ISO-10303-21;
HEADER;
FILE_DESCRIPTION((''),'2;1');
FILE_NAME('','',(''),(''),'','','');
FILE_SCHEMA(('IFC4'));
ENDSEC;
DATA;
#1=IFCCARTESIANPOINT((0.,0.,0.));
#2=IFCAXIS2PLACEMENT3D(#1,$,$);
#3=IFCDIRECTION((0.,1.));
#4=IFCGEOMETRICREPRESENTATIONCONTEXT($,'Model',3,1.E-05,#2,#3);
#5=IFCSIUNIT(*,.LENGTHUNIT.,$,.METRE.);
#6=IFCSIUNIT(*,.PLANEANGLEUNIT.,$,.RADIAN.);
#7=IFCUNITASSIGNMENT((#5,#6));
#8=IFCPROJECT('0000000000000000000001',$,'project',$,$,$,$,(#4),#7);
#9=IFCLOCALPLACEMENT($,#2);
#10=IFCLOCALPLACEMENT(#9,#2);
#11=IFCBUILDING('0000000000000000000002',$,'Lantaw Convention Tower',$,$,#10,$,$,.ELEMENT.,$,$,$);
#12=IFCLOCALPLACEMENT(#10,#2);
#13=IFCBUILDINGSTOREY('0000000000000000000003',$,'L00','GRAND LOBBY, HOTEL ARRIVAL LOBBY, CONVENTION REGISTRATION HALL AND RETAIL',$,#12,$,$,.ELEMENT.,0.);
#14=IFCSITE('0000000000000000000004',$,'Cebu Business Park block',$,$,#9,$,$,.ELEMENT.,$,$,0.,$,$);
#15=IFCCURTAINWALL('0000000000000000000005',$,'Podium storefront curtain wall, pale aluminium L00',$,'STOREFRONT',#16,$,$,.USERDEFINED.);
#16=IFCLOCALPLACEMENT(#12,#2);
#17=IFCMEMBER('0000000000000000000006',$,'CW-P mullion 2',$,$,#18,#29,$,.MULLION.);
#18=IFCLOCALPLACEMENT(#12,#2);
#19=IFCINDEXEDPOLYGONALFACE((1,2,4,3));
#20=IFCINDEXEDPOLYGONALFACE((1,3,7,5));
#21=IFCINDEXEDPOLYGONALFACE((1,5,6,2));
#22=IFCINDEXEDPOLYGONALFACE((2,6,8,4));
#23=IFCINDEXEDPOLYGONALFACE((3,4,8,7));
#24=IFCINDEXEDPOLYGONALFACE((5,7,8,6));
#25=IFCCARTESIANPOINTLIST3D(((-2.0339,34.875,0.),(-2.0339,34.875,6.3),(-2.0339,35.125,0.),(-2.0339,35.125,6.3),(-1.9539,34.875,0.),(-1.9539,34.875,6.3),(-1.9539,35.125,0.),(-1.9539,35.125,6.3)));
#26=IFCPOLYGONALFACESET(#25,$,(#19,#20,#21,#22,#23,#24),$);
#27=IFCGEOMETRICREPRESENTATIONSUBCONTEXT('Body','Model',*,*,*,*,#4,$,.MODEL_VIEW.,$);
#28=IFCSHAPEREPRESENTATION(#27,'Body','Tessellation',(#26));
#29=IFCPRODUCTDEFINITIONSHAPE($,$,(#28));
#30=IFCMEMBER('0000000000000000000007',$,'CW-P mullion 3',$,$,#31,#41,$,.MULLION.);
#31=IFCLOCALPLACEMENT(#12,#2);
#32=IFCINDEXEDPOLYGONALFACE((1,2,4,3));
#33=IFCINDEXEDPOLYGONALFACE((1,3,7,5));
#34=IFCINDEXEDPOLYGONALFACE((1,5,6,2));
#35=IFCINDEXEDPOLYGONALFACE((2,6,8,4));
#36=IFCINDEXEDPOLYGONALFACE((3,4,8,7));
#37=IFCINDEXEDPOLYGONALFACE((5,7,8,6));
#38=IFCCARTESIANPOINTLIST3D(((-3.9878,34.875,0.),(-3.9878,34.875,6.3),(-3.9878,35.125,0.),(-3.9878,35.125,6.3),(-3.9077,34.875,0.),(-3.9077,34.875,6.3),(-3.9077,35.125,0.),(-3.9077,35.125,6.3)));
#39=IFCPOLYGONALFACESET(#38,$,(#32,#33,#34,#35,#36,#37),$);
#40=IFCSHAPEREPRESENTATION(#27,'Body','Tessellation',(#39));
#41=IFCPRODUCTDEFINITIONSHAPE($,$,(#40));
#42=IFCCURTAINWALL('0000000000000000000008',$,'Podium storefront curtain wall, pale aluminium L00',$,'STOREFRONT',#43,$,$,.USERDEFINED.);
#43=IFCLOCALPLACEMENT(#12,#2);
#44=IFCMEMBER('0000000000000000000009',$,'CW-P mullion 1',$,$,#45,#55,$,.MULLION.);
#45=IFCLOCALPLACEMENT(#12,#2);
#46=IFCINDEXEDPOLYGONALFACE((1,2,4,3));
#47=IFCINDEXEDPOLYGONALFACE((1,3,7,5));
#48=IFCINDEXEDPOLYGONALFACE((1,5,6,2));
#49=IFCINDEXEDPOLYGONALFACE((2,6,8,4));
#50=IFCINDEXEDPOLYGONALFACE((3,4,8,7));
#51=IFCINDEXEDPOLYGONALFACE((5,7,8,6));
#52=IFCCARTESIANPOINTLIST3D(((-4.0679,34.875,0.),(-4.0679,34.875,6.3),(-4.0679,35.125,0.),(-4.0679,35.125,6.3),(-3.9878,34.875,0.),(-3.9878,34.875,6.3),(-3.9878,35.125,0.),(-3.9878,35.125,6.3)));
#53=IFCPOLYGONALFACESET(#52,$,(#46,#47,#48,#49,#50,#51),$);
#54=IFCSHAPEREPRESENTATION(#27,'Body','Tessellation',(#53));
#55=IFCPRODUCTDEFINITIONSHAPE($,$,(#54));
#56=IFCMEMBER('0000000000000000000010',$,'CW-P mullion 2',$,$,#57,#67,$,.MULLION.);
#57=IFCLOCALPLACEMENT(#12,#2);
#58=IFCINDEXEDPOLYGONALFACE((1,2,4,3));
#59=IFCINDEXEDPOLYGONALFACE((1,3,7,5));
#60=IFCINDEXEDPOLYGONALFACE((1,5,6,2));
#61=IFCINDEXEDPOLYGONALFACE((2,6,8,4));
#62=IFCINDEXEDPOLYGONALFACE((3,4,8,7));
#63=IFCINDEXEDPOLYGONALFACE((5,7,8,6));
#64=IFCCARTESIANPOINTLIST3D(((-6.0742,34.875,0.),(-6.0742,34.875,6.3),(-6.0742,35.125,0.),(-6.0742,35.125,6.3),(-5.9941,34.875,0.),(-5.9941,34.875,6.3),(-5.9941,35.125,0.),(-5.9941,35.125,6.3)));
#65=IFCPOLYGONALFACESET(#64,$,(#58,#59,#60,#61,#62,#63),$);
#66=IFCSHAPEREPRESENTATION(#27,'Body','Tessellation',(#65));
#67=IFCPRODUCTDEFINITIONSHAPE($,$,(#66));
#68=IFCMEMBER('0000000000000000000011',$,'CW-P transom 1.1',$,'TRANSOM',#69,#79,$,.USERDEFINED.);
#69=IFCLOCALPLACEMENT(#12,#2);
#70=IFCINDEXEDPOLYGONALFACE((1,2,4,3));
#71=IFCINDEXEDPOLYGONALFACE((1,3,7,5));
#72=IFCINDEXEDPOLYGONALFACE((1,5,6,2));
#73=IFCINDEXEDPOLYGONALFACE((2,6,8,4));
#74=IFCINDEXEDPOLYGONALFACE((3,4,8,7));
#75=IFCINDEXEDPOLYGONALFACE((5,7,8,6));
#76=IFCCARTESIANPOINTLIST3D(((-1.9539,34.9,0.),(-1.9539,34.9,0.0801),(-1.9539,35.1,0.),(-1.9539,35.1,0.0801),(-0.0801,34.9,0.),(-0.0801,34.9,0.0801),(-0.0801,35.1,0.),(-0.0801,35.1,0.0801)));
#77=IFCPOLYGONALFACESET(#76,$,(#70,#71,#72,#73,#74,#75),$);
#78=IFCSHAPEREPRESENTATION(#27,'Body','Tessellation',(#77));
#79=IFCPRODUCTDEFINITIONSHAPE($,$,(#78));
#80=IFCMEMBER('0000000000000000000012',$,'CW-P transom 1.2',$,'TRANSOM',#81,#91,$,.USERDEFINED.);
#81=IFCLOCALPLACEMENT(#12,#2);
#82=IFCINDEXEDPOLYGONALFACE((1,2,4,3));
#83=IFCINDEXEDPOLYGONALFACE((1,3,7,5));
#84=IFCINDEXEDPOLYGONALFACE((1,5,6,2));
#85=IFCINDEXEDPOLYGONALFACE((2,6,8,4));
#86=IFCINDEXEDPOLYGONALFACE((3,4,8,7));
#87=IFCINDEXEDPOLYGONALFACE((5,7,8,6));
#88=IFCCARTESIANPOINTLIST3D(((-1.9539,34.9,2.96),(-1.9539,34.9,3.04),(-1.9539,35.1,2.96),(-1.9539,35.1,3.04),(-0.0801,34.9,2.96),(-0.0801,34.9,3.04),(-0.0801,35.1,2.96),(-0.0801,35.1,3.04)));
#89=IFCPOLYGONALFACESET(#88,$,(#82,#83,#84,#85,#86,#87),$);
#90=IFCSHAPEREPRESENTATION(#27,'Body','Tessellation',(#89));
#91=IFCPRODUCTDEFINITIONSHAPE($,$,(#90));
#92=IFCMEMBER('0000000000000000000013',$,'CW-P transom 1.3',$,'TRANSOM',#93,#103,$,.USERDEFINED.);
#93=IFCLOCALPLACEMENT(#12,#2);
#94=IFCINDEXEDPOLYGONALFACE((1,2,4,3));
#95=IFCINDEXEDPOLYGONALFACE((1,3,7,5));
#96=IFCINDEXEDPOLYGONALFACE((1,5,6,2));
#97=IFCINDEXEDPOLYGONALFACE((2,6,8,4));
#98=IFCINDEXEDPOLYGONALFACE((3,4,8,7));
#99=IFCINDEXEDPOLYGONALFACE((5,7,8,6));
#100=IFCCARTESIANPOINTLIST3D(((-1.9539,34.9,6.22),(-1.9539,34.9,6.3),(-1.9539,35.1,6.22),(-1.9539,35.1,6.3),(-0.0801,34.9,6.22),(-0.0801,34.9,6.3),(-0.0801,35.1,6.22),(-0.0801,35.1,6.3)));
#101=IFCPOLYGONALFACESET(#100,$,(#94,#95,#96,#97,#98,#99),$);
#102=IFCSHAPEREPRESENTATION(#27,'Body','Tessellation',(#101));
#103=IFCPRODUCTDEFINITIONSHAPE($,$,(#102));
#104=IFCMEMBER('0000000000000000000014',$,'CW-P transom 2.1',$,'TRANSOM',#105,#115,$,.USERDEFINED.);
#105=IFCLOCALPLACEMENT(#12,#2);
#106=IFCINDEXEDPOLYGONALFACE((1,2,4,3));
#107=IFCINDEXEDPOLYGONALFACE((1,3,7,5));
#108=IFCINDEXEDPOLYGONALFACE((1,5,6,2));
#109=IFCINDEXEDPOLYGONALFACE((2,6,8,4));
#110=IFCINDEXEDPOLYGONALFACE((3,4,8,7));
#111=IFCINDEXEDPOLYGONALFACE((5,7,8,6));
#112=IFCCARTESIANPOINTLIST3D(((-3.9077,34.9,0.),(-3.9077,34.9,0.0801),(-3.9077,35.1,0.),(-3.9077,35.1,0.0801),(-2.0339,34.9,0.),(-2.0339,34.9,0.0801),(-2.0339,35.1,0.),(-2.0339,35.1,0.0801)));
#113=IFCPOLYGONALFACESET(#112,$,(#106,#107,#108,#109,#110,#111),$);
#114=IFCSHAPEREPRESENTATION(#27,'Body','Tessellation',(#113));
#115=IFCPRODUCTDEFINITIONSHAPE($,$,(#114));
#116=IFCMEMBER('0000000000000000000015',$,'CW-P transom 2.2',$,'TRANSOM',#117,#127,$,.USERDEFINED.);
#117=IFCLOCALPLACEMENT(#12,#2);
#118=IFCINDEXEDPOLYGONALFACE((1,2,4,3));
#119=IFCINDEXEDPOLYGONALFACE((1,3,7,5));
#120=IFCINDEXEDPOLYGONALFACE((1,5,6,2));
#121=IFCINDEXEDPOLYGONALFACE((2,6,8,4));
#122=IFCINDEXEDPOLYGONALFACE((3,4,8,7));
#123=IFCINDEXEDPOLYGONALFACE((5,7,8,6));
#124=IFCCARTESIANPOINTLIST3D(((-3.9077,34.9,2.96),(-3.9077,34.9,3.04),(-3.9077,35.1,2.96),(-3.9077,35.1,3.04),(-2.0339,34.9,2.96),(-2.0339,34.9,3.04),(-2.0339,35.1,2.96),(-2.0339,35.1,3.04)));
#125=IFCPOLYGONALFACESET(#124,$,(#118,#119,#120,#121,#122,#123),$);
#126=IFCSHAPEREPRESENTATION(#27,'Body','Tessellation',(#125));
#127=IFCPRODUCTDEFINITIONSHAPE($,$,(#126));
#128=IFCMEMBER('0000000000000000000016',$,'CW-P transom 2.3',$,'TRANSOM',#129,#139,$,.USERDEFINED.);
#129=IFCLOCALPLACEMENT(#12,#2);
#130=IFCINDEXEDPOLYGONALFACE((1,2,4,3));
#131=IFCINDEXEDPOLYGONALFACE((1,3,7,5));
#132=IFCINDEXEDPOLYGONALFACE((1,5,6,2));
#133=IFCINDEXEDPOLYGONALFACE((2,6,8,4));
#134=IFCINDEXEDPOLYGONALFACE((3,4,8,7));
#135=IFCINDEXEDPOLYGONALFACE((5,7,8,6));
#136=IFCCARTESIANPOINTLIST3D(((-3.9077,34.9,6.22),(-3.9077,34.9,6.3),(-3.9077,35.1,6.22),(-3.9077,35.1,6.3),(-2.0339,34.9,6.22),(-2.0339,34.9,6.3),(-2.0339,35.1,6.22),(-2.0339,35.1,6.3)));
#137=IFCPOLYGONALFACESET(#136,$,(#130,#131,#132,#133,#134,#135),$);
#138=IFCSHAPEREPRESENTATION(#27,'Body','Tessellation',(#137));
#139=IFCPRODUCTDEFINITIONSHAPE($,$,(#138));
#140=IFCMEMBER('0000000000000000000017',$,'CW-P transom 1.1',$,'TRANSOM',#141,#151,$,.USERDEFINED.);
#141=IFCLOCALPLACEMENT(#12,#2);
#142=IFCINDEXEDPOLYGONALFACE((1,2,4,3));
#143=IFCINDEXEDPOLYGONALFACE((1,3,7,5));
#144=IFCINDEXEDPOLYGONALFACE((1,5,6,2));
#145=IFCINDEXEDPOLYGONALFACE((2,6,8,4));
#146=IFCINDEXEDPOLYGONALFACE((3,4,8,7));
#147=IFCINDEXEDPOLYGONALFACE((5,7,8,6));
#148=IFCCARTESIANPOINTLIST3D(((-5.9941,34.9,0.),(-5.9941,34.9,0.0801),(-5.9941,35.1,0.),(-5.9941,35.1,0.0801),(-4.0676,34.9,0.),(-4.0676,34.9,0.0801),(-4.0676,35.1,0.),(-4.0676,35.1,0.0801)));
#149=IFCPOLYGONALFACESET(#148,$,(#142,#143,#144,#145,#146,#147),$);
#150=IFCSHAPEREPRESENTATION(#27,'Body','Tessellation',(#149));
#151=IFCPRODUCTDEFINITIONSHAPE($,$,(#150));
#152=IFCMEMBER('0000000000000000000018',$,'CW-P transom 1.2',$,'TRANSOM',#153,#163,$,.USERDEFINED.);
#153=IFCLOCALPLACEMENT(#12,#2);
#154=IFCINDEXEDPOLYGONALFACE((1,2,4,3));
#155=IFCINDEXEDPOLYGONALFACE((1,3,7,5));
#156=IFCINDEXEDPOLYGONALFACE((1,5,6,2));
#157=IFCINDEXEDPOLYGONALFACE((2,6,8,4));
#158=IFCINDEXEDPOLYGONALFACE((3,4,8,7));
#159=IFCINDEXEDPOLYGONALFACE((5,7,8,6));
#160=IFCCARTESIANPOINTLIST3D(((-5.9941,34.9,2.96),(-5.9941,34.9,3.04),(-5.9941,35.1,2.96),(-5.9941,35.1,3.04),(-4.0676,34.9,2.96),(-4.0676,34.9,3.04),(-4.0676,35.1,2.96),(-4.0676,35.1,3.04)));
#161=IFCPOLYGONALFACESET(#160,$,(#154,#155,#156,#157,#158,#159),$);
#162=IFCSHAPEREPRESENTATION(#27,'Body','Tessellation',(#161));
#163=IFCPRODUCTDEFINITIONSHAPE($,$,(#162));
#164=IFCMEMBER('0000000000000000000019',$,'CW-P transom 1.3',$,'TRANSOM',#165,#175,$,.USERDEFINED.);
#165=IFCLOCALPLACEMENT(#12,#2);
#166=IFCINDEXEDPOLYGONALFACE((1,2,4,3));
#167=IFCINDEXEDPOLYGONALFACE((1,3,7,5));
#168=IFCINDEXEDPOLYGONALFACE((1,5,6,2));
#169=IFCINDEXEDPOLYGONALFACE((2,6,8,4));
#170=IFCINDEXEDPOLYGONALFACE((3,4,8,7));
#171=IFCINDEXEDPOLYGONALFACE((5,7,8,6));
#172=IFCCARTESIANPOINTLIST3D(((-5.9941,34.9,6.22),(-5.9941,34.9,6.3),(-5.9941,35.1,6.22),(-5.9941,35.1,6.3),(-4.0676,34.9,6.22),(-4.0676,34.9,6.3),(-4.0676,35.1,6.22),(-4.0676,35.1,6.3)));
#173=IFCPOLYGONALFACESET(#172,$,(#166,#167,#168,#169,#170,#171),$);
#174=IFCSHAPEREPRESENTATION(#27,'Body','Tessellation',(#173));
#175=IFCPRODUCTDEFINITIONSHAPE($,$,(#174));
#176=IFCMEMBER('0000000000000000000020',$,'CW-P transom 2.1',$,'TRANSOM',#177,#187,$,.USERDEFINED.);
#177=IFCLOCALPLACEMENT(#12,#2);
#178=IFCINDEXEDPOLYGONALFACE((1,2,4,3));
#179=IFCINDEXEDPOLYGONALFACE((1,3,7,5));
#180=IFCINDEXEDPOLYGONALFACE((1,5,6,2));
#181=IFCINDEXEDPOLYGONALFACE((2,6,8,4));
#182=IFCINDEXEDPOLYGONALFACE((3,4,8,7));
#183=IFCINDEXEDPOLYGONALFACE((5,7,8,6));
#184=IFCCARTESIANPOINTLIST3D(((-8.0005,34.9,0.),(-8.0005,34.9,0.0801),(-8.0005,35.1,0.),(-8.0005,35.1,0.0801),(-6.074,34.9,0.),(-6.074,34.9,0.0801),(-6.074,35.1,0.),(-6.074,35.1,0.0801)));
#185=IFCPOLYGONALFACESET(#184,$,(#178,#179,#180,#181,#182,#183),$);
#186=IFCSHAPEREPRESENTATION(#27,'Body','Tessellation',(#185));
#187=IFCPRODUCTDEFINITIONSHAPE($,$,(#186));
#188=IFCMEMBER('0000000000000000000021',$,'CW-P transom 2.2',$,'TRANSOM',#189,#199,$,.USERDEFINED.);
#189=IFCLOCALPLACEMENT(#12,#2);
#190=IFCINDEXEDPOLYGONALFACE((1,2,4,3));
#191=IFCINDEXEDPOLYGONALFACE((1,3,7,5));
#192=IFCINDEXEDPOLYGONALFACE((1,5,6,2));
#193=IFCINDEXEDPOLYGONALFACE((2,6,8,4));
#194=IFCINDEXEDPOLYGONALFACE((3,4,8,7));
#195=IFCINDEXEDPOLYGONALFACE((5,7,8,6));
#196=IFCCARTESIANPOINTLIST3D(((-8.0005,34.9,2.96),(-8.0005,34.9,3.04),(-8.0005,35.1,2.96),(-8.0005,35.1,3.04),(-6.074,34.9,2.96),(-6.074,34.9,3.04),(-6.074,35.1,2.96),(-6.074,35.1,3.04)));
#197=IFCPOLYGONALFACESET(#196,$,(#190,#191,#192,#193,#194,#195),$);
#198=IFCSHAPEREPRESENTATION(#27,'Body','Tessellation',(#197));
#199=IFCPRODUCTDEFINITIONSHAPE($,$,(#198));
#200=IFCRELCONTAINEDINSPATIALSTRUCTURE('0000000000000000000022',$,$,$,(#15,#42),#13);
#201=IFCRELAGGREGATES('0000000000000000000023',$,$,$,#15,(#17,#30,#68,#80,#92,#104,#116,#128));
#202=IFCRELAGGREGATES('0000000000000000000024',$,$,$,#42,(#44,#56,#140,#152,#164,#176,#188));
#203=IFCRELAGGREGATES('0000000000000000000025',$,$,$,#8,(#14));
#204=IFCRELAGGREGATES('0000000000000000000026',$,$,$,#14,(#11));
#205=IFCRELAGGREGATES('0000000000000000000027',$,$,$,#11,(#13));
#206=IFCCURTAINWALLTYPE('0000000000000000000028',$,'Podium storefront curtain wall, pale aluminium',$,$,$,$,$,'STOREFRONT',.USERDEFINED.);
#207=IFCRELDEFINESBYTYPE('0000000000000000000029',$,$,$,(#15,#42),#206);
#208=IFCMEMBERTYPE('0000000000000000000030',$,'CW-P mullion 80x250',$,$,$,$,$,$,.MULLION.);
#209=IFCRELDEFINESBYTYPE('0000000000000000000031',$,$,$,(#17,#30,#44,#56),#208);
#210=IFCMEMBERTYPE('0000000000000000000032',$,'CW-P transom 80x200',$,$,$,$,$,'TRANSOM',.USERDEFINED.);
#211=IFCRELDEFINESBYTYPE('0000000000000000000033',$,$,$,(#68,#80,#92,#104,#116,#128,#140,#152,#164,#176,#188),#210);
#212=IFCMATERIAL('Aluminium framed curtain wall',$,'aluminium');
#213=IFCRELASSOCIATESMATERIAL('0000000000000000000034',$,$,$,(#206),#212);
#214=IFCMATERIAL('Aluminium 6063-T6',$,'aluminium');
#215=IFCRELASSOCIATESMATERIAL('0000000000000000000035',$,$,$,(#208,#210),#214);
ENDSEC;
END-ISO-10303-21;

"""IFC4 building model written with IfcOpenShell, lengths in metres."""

from ifc_helpers import new_model, si_unit, direction, frame, origin, origin_2d, place, context, subcontext, project, spatial, rectangle, extrude, material, material_profile, profile_set, type_object, element, aggregate, save


model = new_model("IFC4")

# Units and contexts
model_context = context("Model", 3, precision=1e-05, world=origin(), true_north=direction((0.0, 1.0)))
body_context = subcontext(model_context, "Body", "Model", "MODEL_VIEW")
ifc_project = project(units=[si_unit("LENGTHUNIT", "METRE"), si_unit("PLANEANGLEUNIT", "RADIAN")], contexts=[model_context])

# Site, building, storey
site_placement = place(None, origin())
site = spatial("IfcSite", under=ifc_project, at=site_placement, Name="Cebu Business Park block", CompositionType="ELEMENT", RefElevation=0.0)
building_placement = place(site_placement, origin())
building = spatial("IfcBuilding", under=site, at=building_placement, Name="Lantaw Convention Tower", CompositionType="ELEMENT")
storey_placement = place(building_placement, origin())
storey = spatial("IfcBuildingStorey", under=building, at=storey_placement, Name="L00", Description="GRAND LOBBY, HOTEL ARRIVAL LOBBY, CONVENTION REGISTRATION HALL AND RETAIL", CompositionType="ELEMENT", Elevation=0.0)

# Curtain walls, members
ifc_material_1 = material(Name="Aluminium framed curtain wall", Category="aluminium")
curtain_wall_type = type_object("IfcCurtainWallType", Name="Podium storefront curtain wall, pale aluminium", ElementType="STOREFRONT", PredefinedType="USERDEFINED", material=ifc_material_1)
curtain_wall_1_placement = place(storey_placement, origin())
curtain_wall_1 = element("IfcCurtainWall", 1, at=curtain_wall_1_placement, inside=storey, type_object=curtain_wall_type, Name="Podium storefront curtain wall, pale aluminium L00", ObjectType="STOREFRONT", PredefinedType="USERDEFINED")
ifc_material_2 = material(Name="Aluminium 6063-T6", Category="aluminium")
ifc_material_profile_1 = material_profile(ifc_material_2, rectangle(XDim=0.25, YDim=0.0801, at=origin_2d()), Name="CW-P mullion 80x250")
ifc_profile_set_1 = profile_set([ifc_material_profile_1], Name="Aluminium 6063-T6")
member_type_1 = type_object("IfcMemberType", Name="CW-P mullion 80x250", PredefinedType="MULLION", material=ifc_profile_set_1)
member_1_placement = place(storey_placement, frame((-1.9939, 35.0, 0.0), z_axis=(0.0, 0.0, 1.0), x_axis=(0.0, -1.0, 0.0)))
member_1 = element("IfcMember", 2, at=member_1_placement, type_object=member_type_1, Name="CW-P mullion 2", PredefinedType="MULLION", context=body_context, shape_type="SweptSolid", body=[
    extrude(rectangle(XDim=0.25, YDim=0.0801, at=origin_2d()), origin(), (0.0, 0.0, 1.0), 6.3),
])
member_2_placement = place(storey_placement, frame((-3.9478, 35.0, 0.0), z_axis=(0.0, 0.0, 1.0), x_axis=(0.0, -1.0, 0.0)))
member_2 = element("IfcMember", 3, at=member_2_placement, type_object=member_type_1, Name="CW-P mullion 3", PredefinedType="MULLION", context=body_context, shape_type="SweptSolid", body=[
    extrude(rectangle(XDim=0.25, YDim=0.0801, at=origin_2d()), origin(), (0.0, 0.0, 1.0), 6.3),
])
curtain_wall_2_placement = place(storey_placement, origin())
curtain_wall_2 = element("IfcCurtainWall", 4, at=curtain_wall_2_placement, inside=storey, type_object=curtain_wall_type, Name="Podium storefront curtain wall, pale aluminium L00", ObjectType="STOREFRONT", PredefinedType="USERDEFINED")
member_3_placement = place(storey_placement, frame((-4.0278, 35.0, 0.0), z_axis=(0.0, 0.0, 1.0), x_axis=(0.0, -1.0, 0.0)))
member_3 = element("IfcMember", 5, at=member_3_placement, type_object=member_type_1, Name="CW-P mullion 1", PredefinedType="MULLION", context=body_context, shape_type="SweptSolid", body=[
    extrude(rectangle(XDim=0.25, YDim=0.0801, at=origin_2d()), origin(), (0.0, 0.0, 1.0), 6.3),
])
member_4_placement = place(storey_placement, frame((-6.0342, 35.0, 0.0), z_axis=(0.0, 0.0, 1.0), x_axis=(0.0, -1.0, 0.0)))
member_4 = element("IfcMember", 6, at=member_4_placement, type_object=member_type_1, Name="CW-P mullion 2", PredefinedType="MULLION", context=body_context, shape_type="SweptSolid", body=[
    extrude(rectangle(XDim=0.25, YDim=0.0801, at=origin_2d()), origin(), (0.0, 0.0, 1.0), 6.3),
])

# Members
ifc_material_profile_2 = material_profile(ifc_material_2, rectangle(XDim=0.2, YDim=0.0801, at=origin_2d()), Name="CW-P transom 80x200")
ifc_profile_set_2 = profile_set([ifc_material_profile_2], Name="Aluminium 6063-T6")
member_type_2 = type_object("IfcMemberType", Name="CW-P transom 80x200", ElementType="TRANSOM", PredefinedType="USERDEFINED", material=ifc_profile_set_2)
member_5_placement = place(storey_placement, frame((-0.0801, 35.0, 0.04), z_axis=(-1.0, 0.0, 0.0), x_axis=(0.0, -1.0, 0.0)))
member_5 = element("IfcMember", 7, at=member_5_placement, type_object=member_type_2, Name="CW-P transom 1.1", ObjectType="TRANSOM", PredefinedType="USERDEFINED", context=body_context, shape_type="SweptSolid", body=[
    extrude(rectangle(XDim=0.2, YDim=0.0801, at=origin_2d()), origin(), (0.0, 0.0, 1.0), 1.8738),
])
member_6_placement = place(storey_placement, frame((-0.0801, 35.0, 3.0), z_axis=(-1.0, 0.0, 0.0), x_axis=(0.0, -1.0, 0.0)))
member_6 = element("IfcMember", 8, at=member_6_placement, type_object=member_type_2, Name="CW-P transom 1.2", ObjectType="TRANSOM", PredefinedType="USERDEFINED", context=body_context, shape_type="SweptSolid", body=[
    extrude(rectangle(XDim=0.2, YDim=0.0801, at=origin_2d()), origin(), (0.0, 0.0, 1.0), 1.8738),
])
member_7_placement = place(storey_placement, frame((-0.0801, 35.0, 6.26), z_axis=(-1.0, 0.0, 0.0), x_axis=(0.0, -1.0, 0.0)))
member_7 = element("IfcMember", 9, at=member_7_placement, type_object=member_type_2, Name="CW-P transom 1.3", ObjectType="TRANSOM", PredefinedType="USERDEFINED", context=body_context, shape_type="SweptSolid", body=[
    extrude(rectangle(XDim=0.2, YDim=0.0801, at=origin_2d()), origin(), (0.0, 0.0, 1.0), 1.8738),
])
member_8_placement = place(storey_placement, frame((-2.0339, 35.0, 0.04), z_axis=(-1.0, 0.0, 0.0), x_axis=(0.0, -1.0, 0.0)))
member_8 = element("IfcMember", 10, at=member_8_placement, type_object=member_type_2, Name="CW-P transom 2.1", ObjectType="TRANSOM", PredefinedType="USERDEFINED", context=body_context, shape_type="SweptSolid", body=[
    extrude(rectangle(XDim=0.2, YDim=0.0801, at=origin_2d()), origin(), (0.0, 0.0, 1.0), 1.8738),
])
member_9_placement = place(storey_placement, frame((-2.0339, 35.0, 3.0), z_axis=(-1.0, 0.0, 0.0), x_axis=(0.0, -1.0, 0.0)))
member_9 = element("IfcMember", 11, at=member_9_placement, type_object=member_type_2, Name="CW-P transom 2.2", ObjectType="TRANSOM", PredefinedType="USERDEFINED", context=body_context, shape_type="SweptSolid", body=[
    extrude(rectangle(XDim=0.2, YDim=0.0801, at=origin_2d()), origin(), (0.0, 0.0, 1.0), 1.8738),
])
member_10_placement = place(storey_placement, frame((-2.0339, 35.0, 6.26), z_axis=(-1.0, 0.0, 0.0), x_axis=(0.0, -1.0, 0.0)))
member_10 = element("IfcMember", 12, at=member_10_placement, type_object=member_type_2, Name="CW-P transom 2.3", ObjectType="TRANSOM", PredefinedType="USERDEFINED", context=body_context, shape_type="SweptSolid", body=[
    extrude(rectangle(XDim=0.2, YDim=0.0801, at=origin_2d()), origin(), (0.0, 0.0, 1.0), 1.8738),
])
member_11_placement = place(storey_placement, frame((-4.0676, 35.0, 0.04), z_axis=(-1.0, 0.0, 0.0), x_axis=(0.0, -1.0, 0.0)))
member_11 = element("IfcMember", 13, at=member_11_placement, type_object=member_type_2, Name="CW-P transom 1.1", ObjectType="TRANSOM", PredefinedType="USERDEFINED", context=body_context, shape_type="SweptSolid", body=[
    extrude(rectangle(XDim=0.2, YDim=0.0801, at=origin_2d()), origin(), (0.0, 0.0, 1.0), 1.9265),
])
member_12_placement = place(storey_placement, frame((-4.0676, 35.0, 3.0), z_axis=(-1.0, 0.0, 0.0), x_axis=(0.0, -1.0, 0.0)))
member_12 = element("IfcMember", 14, at=member_12_placement, type_object=member_type_2, Name="CW-P transom 1.2", ObjectType="TRANSOM", PredefinedType="USERDEFINED", context=body_context, shape_type="SweptSolid", body=[
    extrude(rectangle(XDim=0.2, YDim=0.0801, at=origin_2d()), origin(), (0.0, 0.0, 1.0), 1.9265),
])
member_13_placement = place(storey_placement, frame((-4.0676, 35.0, 6.26), z_axis=(-1.0, 0.0, 0.0), x_axis=(0.0, -1.0, 0.0)))
member_13 = element("IfcMember", 15, at=member_13_placement, type_object=member_type_2, Name="CW-P transom 1.3", ObjectType="TRANSOM", PredefinedType="USERDEFINED", context=body_context, shape_type="SweptSolid", body=[
    extrude(rectangle(XDim=0.2, YDim=0.0801, at=origin_2d()), origin(), (0.0, 0.0, 1.0), 1.9265),
])
member_14_placement = place(storey_placement, frame((-6.074, 35.0, 0.04), z_axis=(-1.0, 0.0, 0.0), x_axis=(0.0, -1.0, 0.0)))
member_14 = element("IfcMember", 16, at=member_14_placement, type_object=member_type_2, Name="CW-P transom 2.1", ObjectType="TRANSOM", PredefinedType="USERDEFINED", context=body_context, shape_type="SweptSolid", body=[
    extrude(rectangle(XDim=0.2, YDim=0.0801, at=origin_2d()), origin(), (0.0, 0.0, 1.0), 1.9265),
])
member_15_placement = place(storey_placement, frame((-6.074, 35.0, 3.0), z_axis=(-1.0, 0.0, 0.0), x_axis=(0.0, -1.0, 0.0)))
member_15 = element("IfcMember", 17, at=member_15_placement, type_object=member_type_2, Name="CW-P transom 2.2", ObjectType="TRANSOM", PredefinedType="USERDEFINED", context=body_context, shape_type="SweptSolid", body=[
    extrude(rectangle(XDim=0.2, YDim=0.0801, at=origin_2d()), origin(), (0.0, 0.0, 1.0), 1.9265),
])

aggregate(curtain_wall_1, [member_1, member_2, member_5, member_6, member_7, member_8, member_9, member_10])
aggregate(curtain_wall_2, [member_3, member_4, member_11, member_12, member_13, member_14, member_15])

save(model, "model.ifc")
